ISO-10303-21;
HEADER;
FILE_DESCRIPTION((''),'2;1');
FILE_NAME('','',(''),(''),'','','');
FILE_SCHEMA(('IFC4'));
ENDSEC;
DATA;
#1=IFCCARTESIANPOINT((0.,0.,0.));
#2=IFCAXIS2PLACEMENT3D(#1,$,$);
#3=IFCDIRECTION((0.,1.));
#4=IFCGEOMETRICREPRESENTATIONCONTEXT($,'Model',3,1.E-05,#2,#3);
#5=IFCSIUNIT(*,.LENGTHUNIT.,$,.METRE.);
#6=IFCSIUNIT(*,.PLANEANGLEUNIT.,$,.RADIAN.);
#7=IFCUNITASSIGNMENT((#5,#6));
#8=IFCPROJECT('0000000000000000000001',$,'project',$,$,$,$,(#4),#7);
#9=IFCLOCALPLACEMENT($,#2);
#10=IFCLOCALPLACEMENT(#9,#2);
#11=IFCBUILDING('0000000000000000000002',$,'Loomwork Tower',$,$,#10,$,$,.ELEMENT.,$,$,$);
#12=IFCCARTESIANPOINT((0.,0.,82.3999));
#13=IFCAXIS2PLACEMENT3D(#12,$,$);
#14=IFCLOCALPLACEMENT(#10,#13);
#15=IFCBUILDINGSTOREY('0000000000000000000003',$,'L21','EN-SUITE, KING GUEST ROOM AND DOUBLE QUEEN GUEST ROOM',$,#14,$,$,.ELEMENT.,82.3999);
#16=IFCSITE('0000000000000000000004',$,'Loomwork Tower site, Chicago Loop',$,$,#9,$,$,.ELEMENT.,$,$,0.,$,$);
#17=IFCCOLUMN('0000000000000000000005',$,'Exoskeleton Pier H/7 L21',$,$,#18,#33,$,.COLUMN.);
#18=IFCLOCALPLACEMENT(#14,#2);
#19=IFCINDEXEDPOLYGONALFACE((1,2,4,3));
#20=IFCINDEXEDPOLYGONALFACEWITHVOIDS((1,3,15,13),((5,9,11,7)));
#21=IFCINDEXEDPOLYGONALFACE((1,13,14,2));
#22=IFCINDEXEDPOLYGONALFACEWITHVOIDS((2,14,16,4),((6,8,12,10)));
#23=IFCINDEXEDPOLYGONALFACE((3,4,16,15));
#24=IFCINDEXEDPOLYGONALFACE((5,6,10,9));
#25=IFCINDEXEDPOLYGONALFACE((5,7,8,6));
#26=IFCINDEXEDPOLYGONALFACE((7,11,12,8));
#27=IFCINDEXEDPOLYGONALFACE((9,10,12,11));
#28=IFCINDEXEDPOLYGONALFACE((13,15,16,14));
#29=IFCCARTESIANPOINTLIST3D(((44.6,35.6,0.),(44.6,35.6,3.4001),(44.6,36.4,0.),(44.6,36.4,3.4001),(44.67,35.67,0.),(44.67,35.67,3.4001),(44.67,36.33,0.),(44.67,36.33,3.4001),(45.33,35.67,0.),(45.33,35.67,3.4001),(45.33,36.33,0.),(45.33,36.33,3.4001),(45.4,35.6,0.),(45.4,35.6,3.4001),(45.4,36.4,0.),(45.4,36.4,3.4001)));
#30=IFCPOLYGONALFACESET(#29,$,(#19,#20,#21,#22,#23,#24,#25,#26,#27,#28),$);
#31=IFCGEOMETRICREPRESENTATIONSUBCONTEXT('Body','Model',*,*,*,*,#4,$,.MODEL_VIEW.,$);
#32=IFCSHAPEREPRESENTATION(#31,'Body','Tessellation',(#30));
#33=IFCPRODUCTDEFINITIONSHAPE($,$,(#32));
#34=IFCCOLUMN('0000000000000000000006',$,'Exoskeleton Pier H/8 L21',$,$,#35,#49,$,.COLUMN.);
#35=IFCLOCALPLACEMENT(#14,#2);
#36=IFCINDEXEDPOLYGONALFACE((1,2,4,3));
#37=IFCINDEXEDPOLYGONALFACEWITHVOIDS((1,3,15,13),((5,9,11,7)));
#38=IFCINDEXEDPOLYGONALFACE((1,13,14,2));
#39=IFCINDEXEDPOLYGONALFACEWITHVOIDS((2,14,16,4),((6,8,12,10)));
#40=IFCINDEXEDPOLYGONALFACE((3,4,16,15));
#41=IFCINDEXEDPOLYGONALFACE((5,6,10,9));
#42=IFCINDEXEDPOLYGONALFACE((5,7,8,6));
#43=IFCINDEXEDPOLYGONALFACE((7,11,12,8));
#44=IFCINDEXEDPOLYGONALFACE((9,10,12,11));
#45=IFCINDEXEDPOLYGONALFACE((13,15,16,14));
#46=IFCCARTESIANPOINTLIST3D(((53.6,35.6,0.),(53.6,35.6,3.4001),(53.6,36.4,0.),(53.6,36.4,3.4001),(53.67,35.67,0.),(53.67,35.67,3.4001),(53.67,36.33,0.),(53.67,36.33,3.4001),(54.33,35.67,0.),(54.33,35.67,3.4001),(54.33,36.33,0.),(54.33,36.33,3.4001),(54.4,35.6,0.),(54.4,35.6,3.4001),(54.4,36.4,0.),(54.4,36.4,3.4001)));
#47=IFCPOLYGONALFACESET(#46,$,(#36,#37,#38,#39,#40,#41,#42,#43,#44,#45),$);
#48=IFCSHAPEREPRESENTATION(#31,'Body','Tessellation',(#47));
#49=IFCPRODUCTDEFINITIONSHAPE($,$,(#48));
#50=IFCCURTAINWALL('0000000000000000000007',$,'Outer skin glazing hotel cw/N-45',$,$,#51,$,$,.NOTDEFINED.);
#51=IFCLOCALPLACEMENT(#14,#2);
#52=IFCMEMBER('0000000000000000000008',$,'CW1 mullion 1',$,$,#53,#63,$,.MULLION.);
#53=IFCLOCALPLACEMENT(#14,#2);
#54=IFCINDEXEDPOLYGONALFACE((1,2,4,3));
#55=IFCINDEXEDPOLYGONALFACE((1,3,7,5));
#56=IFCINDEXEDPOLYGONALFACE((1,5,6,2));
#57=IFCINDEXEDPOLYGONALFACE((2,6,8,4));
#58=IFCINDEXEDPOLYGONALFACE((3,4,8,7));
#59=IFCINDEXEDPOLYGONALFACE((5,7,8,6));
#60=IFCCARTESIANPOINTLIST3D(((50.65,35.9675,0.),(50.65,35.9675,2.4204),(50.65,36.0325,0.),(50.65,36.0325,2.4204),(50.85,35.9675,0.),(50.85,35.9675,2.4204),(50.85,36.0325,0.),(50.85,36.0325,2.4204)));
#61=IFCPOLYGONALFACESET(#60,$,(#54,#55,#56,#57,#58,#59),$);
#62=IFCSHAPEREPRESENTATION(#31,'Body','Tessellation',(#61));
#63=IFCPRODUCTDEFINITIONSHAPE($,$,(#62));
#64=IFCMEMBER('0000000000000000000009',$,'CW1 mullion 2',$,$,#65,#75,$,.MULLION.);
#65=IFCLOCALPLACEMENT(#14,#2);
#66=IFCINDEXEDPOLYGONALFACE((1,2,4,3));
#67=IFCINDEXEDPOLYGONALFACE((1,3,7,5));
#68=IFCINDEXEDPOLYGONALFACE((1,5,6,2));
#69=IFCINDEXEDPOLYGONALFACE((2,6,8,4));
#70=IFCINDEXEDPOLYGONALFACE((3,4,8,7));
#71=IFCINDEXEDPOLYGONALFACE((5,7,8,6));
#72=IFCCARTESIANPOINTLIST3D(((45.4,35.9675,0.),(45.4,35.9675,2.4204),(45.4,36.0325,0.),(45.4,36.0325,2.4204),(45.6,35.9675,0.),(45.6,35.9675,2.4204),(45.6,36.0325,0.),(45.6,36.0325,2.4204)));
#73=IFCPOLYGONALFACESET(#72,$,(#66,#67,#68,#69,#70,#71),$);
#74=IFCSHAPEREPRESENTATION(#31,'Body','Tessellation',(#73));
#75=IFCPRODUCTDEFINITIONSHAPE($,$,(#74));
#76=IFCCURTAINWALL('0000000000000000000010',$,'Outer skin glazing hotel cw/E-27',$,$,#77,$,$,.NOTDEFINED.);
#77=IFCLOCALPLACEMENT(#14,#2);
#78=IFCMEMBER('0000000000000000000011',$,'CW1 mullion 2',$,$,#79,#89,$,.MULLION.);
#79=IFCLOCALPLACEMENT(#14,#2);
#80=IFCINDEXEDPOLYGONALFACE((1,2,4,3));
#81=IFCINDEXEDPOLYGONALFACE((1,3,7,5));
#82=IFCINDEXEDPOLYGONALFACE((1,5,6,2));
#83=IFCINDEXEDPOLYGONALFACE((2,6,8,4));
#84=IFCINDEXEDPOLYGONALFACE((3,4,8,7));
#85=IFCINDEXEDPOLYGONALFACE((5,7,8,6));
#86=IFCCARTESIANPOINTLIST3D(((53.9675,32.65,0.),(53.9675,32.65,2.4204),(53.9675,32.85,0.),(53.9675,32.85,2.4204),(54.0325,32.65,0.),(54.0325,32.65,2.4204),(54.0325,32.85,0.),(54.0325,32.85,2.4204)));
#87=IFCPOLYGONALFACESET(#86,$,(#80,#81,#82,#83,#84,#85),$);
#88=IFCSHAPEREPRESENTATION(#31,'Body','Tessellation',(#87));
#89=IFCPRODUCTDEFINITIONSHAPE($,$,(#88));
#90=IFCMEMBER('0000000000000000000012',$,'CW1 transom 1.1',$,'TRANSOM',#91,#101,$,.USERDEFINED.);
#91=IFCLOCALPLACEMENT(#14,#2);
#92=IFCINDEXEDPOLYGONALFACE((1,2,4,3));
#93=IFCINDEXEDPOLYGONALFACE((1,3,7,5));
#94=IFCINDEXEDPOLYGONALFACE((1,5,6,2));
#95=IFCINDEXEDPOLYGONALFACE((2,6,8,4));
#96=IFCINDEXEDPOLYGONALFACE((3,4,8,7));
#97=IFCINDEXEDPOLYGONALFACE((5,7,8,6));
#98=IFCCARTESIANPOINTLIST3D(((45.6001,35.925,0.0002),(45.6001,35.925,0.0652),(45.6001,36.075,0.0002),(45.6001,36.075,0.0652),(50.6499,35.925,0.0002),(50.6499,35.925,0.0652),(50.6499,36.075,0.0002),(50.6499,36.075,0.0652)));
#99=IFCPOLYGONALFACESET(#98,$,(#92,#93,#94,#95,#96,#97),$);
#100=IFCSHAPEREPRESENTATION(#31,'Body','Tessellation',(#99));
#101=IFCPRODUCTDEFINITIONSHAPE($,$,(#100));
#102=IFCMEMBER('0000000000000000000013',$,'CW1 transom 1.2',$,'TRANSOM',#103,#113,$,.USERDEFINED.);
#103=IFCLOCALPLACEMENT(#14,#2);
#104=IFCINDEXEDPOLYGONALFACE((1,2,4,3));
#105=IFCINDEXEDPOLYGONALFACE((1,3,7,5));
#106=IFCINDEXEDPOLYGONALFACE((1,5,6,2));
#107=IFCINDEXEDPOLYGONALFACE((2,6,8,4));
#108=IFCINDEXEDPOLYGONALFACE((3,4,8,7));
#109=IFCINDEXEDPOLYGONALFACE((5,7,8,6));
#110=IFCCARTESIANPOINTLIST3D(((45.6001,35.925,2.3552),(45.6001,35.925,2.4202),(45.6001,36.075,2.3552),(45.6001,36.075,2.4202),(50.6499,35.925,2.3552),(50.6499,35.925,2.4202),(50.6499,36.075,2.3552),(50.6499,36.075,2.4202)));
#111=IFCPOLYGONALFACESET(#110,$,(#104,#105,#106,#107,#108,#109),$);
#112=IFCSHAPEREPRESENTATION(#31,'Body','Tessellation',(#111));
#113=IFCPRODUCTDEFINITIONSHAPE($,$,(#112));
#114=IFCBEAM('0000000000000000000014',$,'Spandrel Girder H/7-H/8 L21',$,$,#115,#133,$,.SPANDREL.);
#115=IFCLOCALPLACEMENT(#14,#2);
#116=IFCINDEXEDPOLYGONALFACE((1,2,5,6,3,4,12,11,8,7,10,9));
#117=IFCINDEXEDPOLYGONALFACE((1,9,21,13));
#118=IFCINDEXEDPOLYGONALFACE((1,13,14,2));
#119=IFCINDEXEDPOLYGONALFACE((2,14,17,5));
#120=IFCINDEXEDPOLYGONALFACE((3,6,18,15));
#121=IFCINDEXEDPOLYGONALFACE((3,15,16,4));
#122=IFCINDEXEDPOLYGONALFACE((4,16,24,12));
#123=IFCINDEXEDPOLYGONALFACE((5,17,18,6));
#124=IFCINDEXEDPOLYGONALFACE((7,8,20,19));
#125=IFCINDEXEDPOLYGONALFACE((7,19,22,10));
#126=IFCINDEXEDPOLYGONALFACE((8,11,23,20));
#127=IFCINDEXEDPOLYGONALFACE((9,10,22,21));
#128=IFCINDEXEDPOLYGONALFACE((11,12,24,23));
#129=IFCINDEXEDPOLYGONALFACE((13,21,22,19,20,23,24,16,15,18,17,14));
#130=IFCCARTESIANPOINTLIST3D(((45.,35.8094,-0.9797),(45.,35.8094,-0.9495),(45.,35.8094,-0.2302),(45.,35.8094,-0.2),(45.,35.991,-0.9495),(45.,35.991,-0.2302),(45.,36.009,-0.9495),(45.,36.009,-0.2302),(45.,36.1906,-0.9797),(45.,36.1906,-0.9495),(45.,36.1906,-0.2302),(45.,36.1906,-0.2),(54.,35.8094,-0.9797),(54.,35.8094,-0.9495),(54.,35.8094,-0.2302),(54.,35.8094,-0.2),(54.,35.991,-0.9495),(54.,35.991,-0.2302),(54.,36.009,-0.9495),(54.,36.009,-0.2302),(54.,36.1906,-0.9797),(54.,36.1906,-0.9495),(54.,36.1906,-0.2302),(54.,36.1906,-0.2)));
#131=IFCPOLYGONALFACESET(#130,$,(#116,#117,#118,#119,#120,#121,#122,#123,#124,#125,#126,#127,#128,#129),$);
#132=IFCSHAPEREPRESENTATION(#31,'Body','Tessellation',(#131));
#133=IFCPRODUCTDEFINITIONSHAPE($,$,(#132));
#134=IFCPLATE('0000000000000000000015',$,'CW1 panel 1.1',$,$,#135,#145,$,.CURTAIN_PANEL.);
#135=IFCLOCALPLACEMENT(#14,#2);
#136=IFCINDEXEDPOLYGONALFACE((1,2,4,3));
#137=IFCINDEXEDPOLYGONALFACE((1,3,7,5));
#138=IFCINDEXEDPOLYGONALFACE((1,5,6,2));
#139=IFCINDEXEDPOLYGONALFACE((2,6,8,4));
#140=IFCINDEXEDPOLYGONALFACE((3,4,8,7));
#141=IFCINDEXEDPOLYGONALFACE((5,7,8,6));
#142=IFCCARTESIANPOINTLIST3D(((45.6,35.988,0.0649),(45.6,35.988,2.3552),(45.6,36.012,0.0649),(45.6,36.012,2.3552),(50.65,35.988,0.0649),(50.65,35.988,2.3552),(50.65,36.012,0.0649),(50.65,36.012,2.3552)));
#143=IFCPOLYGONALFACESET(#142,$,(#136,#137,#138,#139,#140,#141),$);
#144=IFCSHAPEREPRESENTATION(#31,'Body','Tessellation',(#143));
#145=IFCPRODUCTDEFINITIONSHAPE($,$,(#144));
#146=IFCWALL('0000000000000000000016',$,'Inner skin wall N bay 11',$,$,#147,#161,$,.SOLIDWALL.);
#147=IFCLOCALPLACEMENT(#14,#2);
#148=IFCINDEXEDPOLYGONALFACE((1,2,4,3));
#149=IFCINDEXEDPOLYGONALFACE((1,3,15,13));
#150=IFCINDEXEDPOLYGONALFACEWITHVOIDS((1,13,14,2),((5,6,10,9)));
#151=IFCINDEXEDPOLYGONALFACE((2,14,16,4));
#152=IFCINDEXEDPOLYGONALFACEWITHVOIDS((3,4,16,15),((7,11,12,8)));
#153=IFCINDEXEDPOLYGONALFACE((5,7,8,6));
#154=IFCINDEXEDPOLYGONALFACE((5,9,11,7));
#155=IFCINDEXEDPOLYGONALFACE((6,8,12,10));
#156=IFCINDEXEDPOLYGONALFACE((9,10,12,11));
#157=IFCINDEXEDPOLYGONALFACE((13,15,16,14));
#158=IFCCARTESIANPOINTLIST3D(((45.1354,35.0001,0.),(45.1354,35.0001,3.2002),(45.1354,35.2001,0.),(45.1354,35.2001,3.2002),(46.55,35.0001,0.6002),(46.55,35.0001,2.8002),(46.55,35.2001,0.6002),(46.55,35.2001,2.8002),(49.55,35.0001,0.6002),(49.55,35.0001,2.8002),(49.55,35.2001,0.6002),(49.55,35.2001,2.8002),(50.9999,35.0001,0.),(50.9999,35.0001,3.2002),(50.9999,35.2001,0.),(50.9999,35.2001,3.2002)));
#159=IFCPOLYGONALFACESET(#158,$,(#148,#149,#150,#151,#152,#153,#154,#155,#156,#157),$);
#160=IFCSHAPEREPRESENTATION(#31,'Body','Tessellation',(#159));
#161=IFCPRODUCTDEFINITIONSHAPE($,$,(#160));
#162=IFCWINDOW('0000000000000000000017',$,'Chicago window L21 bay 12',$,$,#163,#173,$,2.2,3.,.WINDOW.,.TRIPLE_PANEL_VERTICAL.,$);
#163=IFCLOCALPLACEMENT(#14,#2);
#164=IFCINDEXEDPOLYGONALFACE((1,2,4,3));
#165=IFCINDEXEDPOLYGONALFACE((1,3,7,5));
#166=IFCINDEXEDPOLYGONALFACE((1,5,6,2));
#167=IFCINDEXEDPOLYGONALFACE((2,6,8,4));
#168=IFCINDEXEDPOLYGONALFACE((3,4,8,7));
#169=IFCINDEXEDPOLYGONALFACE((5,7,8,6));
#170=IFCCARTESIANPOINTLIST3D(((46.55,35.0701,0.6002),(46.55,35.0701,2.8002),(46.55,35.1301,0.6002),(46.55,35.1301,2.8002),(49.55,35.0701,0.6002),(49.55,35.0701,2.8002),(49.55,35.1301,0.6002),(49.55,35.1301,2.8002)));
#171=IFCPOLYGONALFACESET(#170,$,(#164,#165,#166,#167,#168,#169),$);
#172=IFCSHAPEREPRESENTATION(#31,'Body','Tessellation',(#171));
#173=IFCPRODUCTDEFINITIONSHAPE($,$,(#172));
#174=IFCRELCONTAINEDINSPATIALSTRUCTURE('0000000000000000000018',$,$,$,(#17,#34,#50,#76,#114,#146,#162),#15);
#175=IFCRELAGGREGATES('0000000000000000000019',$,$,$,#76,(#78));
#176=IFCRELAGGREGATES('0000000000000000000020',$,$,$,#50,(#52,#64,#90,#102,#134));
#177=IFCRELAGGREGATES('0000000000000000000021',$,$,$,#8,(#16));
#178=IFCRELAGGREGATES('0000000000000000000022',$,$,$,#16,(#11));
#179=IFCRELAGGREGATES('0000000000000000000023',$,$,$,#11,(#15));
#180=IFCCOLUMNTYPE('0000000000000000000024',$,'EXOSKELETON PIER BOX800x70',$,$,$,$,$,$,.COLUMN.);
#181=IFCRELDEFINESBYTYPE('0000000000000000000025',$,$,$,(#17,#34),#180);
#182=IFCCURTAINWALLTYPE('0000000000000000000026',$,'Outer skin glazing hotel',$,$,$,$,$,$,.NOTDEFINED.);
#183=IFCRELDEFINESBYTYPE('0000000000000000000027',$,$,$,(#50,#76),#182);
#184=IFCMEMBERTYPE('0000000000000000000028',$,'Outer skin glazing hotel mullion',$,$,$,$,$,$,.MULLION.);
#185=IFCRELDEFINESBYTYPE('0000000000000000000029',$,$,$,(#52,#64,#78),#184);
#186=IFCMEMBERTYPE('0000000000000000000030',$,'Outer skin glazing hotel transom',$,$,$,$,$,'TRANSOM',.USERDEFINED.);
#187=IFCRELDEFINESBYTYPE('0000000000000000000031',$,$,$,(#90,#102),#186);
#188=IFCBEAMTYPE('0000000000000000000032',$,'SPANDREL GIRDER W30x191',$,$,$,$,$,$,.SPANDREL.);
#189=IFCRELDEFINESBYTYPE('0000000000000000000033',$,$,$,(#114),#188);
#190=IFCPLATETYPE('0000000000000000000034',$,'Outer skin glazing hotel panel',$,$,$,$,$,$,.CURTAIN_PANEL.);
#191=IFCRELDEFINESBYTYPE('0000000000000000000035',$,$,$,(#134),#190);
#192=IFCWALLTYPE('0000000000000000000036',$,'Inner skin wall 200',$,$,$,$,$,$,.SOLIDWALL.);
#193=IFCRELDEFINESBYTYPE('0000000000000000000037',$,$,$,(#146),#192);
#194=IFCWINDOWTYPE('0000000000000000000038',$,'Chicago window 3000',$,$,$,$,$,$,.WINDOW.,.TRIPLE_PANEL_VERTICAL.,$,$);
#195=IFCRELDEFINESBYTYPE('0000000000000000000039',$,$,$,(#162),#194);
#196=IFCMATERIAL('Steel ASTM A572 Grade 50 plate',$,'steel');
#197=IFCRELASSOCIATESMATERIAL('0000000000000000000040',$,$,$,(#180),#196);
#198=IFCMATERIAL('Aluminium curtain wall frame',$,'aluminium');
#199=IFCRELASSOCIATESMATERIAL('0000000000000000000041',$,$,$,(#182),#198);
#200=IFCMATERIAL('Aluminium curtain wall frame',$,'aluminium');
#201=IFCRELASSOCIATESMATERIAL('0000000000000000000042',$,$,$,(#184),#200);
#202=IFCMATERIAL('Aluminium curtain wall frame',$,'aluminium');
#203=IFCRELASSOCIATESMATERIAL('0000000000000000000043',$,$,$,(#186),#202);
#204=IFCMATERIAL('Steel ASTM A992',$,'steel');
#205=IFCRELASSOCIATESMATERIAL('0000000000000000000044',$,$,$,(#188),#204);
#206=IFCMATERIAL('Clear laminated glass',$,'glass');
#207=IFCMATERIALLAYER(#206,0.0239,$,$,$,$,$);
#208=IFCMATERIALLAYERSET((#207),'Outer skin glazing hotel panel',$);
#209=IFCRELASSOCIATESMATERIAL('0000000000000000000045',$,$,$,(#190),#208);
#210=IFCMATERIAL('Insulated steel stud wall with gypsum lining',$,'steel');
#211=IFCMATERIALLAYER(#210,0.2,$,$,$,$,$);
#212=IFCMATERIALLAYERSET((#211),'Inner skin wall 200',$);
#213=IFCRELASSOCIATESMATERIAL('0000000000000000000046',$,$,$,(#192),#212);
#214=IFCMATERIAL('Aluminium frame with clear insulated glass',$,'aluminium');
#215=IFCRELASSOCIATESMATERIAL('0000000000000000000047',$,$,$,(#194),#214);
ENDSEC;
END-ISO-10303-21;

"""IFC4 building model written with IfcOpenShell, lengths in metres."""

from ifc_helpers import new_model, si_unit, direction, frame, frame_2d, origin, origin_2d, place, context, subcontext, project, spatial, rectangle, hollow_rectangle, i_section, extrude, material, layer, layer_set, material_profile, profile_set, type_object, element, fill, aggregate, save


model = new_model("IFC4")

# Units and contexts
model_context = context("Model", 3, precision=1e-05, world=origin(), true_north=direction((0.0, 1.0)))
body_context = subcontext(model_context, "Body", "Model", "MODEL_VIEW")
ifc_project = project(units=[si_unit("LENGTHUNIT", "METRE"), si_unit("PLANEANGLEUNIT", "RADIAN")], contexts=[model_context])

# Site, building, storey
site_placement = place(None, origin())
site = spatial("IfcSite", under=ifc_project, at=site_placement, Name="Loomwork Tower site, Chicago Loop", CompositionType="ELEMENT", RefElevation=0.0)
building_placement = place(site_placement, origin())
building = spatial("IfcBuilding", under=site, at=building_placement, Name="Loomwork Tower", CompositionType="ELEMENT")
storey_placement = place(building_placement, frame((0.0, 0.0, 82.3999)))
storey = spatial("IfcBuildingStorey", under=building, at=storey_placement, Name="L21", Description="EN-SUITE, KING GUEST ROOM AND DOUBLE QUEEN GUEST ROOM", CompositionType="ELEMENT", Elevation=82.3999)

# Columns
ifc_material_1 = material(Name="Steel ASTM A572 Grade 50 plate", Category="steel")
ifc_material_profile_1 = material_profile(ifc_material_1, hollow_rectangle(XDim=0.8, YDim=0.8, WallThickness=0.0701, at=origin_2d()), Name="BOX800x70")
ifc_profile_set_1 = profile_set([ifc_material_profile_1], Name="Steel ASTM A572 Grade 50 plate")
column_type = type_object("IfcColumnType", Name="EXOSKELETON PIER BOX800x70", PredefinedType="COLUMN", material=ifc_profile_set_1)
for number, where, z_axis, x_axis, name in (
    (1, (45.0, 36.0, 0.0), (0.0, 0.0, 1.0), (1.0, 0.0, 0.0), "Exoskeleton Pier H/7 L21"),
    (2, (54.0, 36.0, 0.0), (0.0, 0.0, 1.0), (1.0, 0.0, 0.0), "Exoskeleton Pier H/8 L21"),
):
    element("IfcColumn", number, at=place(storey_placement, frame(where, z_axis=z_axis, x_axis=x_axis)), inside=storey, type_object=column_type, Name=name, PredefinedType="COLUMN", context=body_context, shape_type="SweptSolid", body=[
        extrude(hollow_rectangle(XDim=0.8, YDim=0.8, WallThickness=0.0701, at=origin_2d()), origin(), (0.0, 0.0, 1.0), 3.4001),
    ])

# Curtain wall, members
ifc_material_2 = material(Name="Aluminium curtain wall frame", Category="aluminium")
curtain_wall_type = type_object("IfcCurtainWallType", Name="Outer skin glazing hotel", PredefinedType="NOTDEFINED", material=ifc_material_2)
curtain_wall_1_placement = place(storey_placement, origin())
curtain_wall_1 = element("IfcCurtainWall", 3, at=curtain_wall_1_placement, inside=storey, type_object=curtain_wall_type, Name="Outer skin glazing hotel cw/N-45", PredefinedType="NOTDEFINED")
ifc_material_3 = material(Name="Aluminium curtain wall frame", Category="aluminium")
ifc_material_profile_2 = material_profile(ifc_material_3, rectangle(XDim=0.0649, YDim=0.2, at=origin_2d()), Name="AL 65x200")
ifc_profile_set_2 = profile_set([ifc_material_profile_2], Name="Aluminium curtain wall frame")
member_type_1 = type_object("IfcMemberType", Name="Outer skin glazing hotel mullion", PredefinedType="MULLION", material=ifc_profile_set_2)
member_1_placement = place(storey_placement, frame((50.75, 36.0, 0.0), z_axis=(0.0, 0.0, 1.0), x_axis=(0.0, -1.0, 0.0)))
member_1 = element("IfcMember", 4, at=member_1_placement, type_object=member_type_1, Name="CW1 mullion 1", PredefinedType="MULLION", context=body_context, shape_type="SweptSolid", body=[
    extrude(rectangle(XDim=0.0649, YDim=0.2, at=origin_2d()), origin(), (0.0, 0.0, 1.0), 2.4204),
])
member_2_placement = place(storey_placement, frame((45.5, 36.0, 0.0), z_axis=(0.0, 0.0, 1.0), x_axis=(0.0, -1.0, 0.0)))
member_2 = element("IfcMember", 5, at=member_2_placement, type_object=member_type_1, Name="CW1 mullion 2", PredefinedType="MULLION", context=body_context, shape_type="SweptSolid", body=[
    extrude(rectangle(XDim=0.0649, YDim=0.2, at=origin_2d()), origin(), (0.0, 0.0, 1.0), 2.4204),
])

# Curtain wall, member
curtain_wall_2_placement = place(storey_placement, origin())
curtain_wall_2 = element("IfcCurtainWall", 6, at=curtain_wall_2_placement, inside=storey, type_object=curtain_wall_type, Name="Outer skin glazing hotel cw/E-27", PredefinedType="NOTDEFINED")
member_3_placement = place(storey_placement, frame((54.0, 32.75, 0.0), z_axis=(0.0, 0.0, 1.0), x_axis=(-1.0, 0.0, 0.0)))
member_3 = element("IfcMember", 7, at=member_3_placement, type_object=member_type_1, Name="CW1 mullion 2", PredefinedType="MULLION", context=body_context, shape_type="SweptSolid", body=[
    extrude(rectangle(XDim=0.0649, YDim=0.2, at=origin_2d()), origin(), (0.0, 0.0, 1.0), 2.4204),
])
aggregate(curtain_wall_2, [member_3])

# Members
ifc_material_4 = material(Name="Aluminium curtain wall frame", Category="aluminium")
ifc_material_profile_3 = material_profile(ifc_material_4, rectangle(XDim=0.1499, YDim=0.0649, at=origin_2d()), Name="AL 65x150")
ifc_profile_set_3 = profile_set([ifc_material_profile_3], Name="Aluminium curtain wall frame")
member_type_2 = type_object("IfcMemberType", Name="Outer skin glazing hotel transom", ElementType="TRANSOM", PredefinedType="USERDEFINED", material=ifc_profile_set_3)
member_4_placement = place(storey_placement, frame((50.6499, 36.0, 0.0327), z_axis=(-1.0, 0.0, 0.0), x_axis=(0.0, -1.0, 0.0)))
member_4 = element("IfcMember", 8, at=member_4_placement, type_object=member_type_2, Name="CW1 transom 1.1", ObjectType="TRANSOM", PredefinedType="USERDEFINED", context=body_context, shape_type="SweptSolid", body=[
    extrude(rectangle(XDim=0.1499, YDim=0.0649, at=origin_2d()), origin(), (0.0, 0.0, 1.0), 5.0498),
])
member_5_placement = place(storey_placement, frame((50.6499, 36.0, 2.3877), z_axis=(-1.0, 0.0, 0.0), x_axis=(0.0, -1.0, 0.0)))
member_5 = element("IfcMember", 9, at=member_5_placement, type_object=member_type_2, Name="CW1 transom 1.2", ObjectType="TRANSOM", PredefinedType="USERDEFINED", context=body_context, shape_type="SweptSolid", body=[
    extrude(rectangle(XDim=0.1499, YDim=0.0649, at=origin_2d()), origin(), (0.0, 0.0, 1.0), 5.0498),
])

# Beam
ifc_material_5 = material(Name="Steel ASTM A992", Category="steel")
ifc_material_profile_4 = material_profile(ifc_material_5, i_section(OverallWidth=0.3811, OverallDepth=0.7798, WebThickness=0.0181, FlangeThickness=0.0303, at=origin_2d()), Name="W30x191")
ifc_profile_set_4 = profile_set([ifc_material_profile_4], Name="Steel ASTM A992")
beam_type = type_object("IfcBeamType", Name="SPANDREL GIRDER W30x191", PredefinedType="SPANDREL", material=ifc_profile_set_4)
beam_placement = place(storey_placement, frame((45.0, 36.0, -0.5898), z_axis=(1.0, 0.0, 0.0), x_axis=(0.0, 1.0, 0.0)))
element("IfcBeam", 10, at=beam_placement, inside=storey, type_object=beam_type, Name="Spandrel Girder H/7-H/8 L21", PredefinedType="SPANDREL", context=body_context, shape_type="SweptSolid", body=[
    extrude(i_section(OverallWidth=0.3811, OverallDepth=0.7798, WebThickness=0.0181, FlangeThickness=0.0303, at=origin_2d()), origin(), (0.0, 0.0, 1.0), 9.0),
])

# Plate
ifc_material_6 = material(Name="Clear laminated glass", Category="glass")
ifc_layer_1 = layer(ifc_material_6, 0.0239)
ifc_layer_set_1 = layer_set([ifc_layer_1], Name="Outer skin glazing hotel panel")
plate_type = type_object("IfcPlateType", Name="Outer skin glazing hotel panel", PredefinedType="CURTAIN_PANEL", material=ifc_layer_set_1)
plate_placement = place(storey_placement, frame((48.125, 36.0, 0.0649), z_axis=(0.0, 0.0, 1.0), x_axis=(-1.0, 0.0, 0.0)))
plate = element("IfcPlate", 11, at=plate_placement, type_object=plate_type, Name="CW1 panel 1.1", PredefinedType="CURTAIN_PANEL", context=body_context, shape_type="SweptSolid", body=[
    extrude(rectangle(XDim=5.05, YDim=0.0239, at=origin_2d()), origin(), (0.0, 0.0, 1.0), 2.2903),
])
aggregate(curtain_wall_1, [member_1, member_2, member_4, member_5, plate])

# Wall, opening, window
ifc_material_7 = material(Name="Insulated steel stud wall with gypsum lining", Category="steel")
ifc_layer_2 = layer(ifc_material_7, 0.2)
ifc_layer_set_2 = layer_set([ifc_layer_2], Name="Inner skin wall 200")
wall_type_1 = type_object("IfcWallType", Name="Inner skin wall 200", PredefinedType="SOLIDWALL", material=ifc_layer_set_2)
wall_1_placement = place(storey_placement, frame((45.1355, 35.1001, 0.0), z_axis=(0.0, 0.0, 1.0), x_axis=(1.0, 0.0, 0.0)))
wall_1 = element("IfcWall", 12, at=wall_1_placement, inside=storey, type_object=wall_type_1, Name="Inner skin wall N bay 11", PredefinedType="SOLIDWALL", context=body_context, shape_type="SweptSolid", body=[
    extrude(rectangle(XDim=5.8645, YDim=0.2, at=frame_2d((2.9321, 0.0))), origin(), (0.0, 0.0, 1.0), 3.2002),
])
opening_1_placement = place(wall_1_placement, frame((1.4146, 0.0, 0.6001)))
opening_1 = element("IfcOpeningElement", 13, at=opening_1_placement, cuts=wall_1, PredefinedType="OPENING", context=body_context, shape_type="SweptSolid", body=[
    extrude(rectangle(XDim=3.0, YDim=2.2, at=frame_2d((1.5, 1.1001))), frame((0.0, 0.1099, 0.0), z_axis=(0.0, -1.0, 0.0), x_axis=(1.0, 0.0, 0.0)), (0.0, 0.0, 1.0), 0.22),
])
ifc_material_8 = material(Name="Aluminium frame with clear insulated glass", Category="aluminium")
window_type_1 = type_object("IfcWindowType", Name="Chicago window 3000", PartitioningType="TRIPLE_PANEL_VERTICAL", PredefinedType="WINDOW", material=ifc_material_8)
window_1_placement = place(opening_1_placement, origin())
window_1 = element("IfcWindow", 14, at=window_1_placement, inside=storey, type_object=window_type_1, Name="Chicago window L21 bay 12", OverallHeight=2.2, OverallWidth=3.0, PartitioningType="TRIPLE_PANEL_VERTICAL", PredefinedType="WINDOW", context=body_context, shape_type="SweptSolid", body=[
    extrude(rectangle(XDim=3.0, YDim=2.2, at=frame_2d((1.5, 1.1001))), frame((0.0, 0.03, 0.0), z_axis=(0.0, -1.0, 0.0), x_axis=(1.0, 0.0, 0.0)), (0.0, 0.0, 1.0), 0.0601),
])
fill(opening_1, window_1)

save(model, "model.ifc")
